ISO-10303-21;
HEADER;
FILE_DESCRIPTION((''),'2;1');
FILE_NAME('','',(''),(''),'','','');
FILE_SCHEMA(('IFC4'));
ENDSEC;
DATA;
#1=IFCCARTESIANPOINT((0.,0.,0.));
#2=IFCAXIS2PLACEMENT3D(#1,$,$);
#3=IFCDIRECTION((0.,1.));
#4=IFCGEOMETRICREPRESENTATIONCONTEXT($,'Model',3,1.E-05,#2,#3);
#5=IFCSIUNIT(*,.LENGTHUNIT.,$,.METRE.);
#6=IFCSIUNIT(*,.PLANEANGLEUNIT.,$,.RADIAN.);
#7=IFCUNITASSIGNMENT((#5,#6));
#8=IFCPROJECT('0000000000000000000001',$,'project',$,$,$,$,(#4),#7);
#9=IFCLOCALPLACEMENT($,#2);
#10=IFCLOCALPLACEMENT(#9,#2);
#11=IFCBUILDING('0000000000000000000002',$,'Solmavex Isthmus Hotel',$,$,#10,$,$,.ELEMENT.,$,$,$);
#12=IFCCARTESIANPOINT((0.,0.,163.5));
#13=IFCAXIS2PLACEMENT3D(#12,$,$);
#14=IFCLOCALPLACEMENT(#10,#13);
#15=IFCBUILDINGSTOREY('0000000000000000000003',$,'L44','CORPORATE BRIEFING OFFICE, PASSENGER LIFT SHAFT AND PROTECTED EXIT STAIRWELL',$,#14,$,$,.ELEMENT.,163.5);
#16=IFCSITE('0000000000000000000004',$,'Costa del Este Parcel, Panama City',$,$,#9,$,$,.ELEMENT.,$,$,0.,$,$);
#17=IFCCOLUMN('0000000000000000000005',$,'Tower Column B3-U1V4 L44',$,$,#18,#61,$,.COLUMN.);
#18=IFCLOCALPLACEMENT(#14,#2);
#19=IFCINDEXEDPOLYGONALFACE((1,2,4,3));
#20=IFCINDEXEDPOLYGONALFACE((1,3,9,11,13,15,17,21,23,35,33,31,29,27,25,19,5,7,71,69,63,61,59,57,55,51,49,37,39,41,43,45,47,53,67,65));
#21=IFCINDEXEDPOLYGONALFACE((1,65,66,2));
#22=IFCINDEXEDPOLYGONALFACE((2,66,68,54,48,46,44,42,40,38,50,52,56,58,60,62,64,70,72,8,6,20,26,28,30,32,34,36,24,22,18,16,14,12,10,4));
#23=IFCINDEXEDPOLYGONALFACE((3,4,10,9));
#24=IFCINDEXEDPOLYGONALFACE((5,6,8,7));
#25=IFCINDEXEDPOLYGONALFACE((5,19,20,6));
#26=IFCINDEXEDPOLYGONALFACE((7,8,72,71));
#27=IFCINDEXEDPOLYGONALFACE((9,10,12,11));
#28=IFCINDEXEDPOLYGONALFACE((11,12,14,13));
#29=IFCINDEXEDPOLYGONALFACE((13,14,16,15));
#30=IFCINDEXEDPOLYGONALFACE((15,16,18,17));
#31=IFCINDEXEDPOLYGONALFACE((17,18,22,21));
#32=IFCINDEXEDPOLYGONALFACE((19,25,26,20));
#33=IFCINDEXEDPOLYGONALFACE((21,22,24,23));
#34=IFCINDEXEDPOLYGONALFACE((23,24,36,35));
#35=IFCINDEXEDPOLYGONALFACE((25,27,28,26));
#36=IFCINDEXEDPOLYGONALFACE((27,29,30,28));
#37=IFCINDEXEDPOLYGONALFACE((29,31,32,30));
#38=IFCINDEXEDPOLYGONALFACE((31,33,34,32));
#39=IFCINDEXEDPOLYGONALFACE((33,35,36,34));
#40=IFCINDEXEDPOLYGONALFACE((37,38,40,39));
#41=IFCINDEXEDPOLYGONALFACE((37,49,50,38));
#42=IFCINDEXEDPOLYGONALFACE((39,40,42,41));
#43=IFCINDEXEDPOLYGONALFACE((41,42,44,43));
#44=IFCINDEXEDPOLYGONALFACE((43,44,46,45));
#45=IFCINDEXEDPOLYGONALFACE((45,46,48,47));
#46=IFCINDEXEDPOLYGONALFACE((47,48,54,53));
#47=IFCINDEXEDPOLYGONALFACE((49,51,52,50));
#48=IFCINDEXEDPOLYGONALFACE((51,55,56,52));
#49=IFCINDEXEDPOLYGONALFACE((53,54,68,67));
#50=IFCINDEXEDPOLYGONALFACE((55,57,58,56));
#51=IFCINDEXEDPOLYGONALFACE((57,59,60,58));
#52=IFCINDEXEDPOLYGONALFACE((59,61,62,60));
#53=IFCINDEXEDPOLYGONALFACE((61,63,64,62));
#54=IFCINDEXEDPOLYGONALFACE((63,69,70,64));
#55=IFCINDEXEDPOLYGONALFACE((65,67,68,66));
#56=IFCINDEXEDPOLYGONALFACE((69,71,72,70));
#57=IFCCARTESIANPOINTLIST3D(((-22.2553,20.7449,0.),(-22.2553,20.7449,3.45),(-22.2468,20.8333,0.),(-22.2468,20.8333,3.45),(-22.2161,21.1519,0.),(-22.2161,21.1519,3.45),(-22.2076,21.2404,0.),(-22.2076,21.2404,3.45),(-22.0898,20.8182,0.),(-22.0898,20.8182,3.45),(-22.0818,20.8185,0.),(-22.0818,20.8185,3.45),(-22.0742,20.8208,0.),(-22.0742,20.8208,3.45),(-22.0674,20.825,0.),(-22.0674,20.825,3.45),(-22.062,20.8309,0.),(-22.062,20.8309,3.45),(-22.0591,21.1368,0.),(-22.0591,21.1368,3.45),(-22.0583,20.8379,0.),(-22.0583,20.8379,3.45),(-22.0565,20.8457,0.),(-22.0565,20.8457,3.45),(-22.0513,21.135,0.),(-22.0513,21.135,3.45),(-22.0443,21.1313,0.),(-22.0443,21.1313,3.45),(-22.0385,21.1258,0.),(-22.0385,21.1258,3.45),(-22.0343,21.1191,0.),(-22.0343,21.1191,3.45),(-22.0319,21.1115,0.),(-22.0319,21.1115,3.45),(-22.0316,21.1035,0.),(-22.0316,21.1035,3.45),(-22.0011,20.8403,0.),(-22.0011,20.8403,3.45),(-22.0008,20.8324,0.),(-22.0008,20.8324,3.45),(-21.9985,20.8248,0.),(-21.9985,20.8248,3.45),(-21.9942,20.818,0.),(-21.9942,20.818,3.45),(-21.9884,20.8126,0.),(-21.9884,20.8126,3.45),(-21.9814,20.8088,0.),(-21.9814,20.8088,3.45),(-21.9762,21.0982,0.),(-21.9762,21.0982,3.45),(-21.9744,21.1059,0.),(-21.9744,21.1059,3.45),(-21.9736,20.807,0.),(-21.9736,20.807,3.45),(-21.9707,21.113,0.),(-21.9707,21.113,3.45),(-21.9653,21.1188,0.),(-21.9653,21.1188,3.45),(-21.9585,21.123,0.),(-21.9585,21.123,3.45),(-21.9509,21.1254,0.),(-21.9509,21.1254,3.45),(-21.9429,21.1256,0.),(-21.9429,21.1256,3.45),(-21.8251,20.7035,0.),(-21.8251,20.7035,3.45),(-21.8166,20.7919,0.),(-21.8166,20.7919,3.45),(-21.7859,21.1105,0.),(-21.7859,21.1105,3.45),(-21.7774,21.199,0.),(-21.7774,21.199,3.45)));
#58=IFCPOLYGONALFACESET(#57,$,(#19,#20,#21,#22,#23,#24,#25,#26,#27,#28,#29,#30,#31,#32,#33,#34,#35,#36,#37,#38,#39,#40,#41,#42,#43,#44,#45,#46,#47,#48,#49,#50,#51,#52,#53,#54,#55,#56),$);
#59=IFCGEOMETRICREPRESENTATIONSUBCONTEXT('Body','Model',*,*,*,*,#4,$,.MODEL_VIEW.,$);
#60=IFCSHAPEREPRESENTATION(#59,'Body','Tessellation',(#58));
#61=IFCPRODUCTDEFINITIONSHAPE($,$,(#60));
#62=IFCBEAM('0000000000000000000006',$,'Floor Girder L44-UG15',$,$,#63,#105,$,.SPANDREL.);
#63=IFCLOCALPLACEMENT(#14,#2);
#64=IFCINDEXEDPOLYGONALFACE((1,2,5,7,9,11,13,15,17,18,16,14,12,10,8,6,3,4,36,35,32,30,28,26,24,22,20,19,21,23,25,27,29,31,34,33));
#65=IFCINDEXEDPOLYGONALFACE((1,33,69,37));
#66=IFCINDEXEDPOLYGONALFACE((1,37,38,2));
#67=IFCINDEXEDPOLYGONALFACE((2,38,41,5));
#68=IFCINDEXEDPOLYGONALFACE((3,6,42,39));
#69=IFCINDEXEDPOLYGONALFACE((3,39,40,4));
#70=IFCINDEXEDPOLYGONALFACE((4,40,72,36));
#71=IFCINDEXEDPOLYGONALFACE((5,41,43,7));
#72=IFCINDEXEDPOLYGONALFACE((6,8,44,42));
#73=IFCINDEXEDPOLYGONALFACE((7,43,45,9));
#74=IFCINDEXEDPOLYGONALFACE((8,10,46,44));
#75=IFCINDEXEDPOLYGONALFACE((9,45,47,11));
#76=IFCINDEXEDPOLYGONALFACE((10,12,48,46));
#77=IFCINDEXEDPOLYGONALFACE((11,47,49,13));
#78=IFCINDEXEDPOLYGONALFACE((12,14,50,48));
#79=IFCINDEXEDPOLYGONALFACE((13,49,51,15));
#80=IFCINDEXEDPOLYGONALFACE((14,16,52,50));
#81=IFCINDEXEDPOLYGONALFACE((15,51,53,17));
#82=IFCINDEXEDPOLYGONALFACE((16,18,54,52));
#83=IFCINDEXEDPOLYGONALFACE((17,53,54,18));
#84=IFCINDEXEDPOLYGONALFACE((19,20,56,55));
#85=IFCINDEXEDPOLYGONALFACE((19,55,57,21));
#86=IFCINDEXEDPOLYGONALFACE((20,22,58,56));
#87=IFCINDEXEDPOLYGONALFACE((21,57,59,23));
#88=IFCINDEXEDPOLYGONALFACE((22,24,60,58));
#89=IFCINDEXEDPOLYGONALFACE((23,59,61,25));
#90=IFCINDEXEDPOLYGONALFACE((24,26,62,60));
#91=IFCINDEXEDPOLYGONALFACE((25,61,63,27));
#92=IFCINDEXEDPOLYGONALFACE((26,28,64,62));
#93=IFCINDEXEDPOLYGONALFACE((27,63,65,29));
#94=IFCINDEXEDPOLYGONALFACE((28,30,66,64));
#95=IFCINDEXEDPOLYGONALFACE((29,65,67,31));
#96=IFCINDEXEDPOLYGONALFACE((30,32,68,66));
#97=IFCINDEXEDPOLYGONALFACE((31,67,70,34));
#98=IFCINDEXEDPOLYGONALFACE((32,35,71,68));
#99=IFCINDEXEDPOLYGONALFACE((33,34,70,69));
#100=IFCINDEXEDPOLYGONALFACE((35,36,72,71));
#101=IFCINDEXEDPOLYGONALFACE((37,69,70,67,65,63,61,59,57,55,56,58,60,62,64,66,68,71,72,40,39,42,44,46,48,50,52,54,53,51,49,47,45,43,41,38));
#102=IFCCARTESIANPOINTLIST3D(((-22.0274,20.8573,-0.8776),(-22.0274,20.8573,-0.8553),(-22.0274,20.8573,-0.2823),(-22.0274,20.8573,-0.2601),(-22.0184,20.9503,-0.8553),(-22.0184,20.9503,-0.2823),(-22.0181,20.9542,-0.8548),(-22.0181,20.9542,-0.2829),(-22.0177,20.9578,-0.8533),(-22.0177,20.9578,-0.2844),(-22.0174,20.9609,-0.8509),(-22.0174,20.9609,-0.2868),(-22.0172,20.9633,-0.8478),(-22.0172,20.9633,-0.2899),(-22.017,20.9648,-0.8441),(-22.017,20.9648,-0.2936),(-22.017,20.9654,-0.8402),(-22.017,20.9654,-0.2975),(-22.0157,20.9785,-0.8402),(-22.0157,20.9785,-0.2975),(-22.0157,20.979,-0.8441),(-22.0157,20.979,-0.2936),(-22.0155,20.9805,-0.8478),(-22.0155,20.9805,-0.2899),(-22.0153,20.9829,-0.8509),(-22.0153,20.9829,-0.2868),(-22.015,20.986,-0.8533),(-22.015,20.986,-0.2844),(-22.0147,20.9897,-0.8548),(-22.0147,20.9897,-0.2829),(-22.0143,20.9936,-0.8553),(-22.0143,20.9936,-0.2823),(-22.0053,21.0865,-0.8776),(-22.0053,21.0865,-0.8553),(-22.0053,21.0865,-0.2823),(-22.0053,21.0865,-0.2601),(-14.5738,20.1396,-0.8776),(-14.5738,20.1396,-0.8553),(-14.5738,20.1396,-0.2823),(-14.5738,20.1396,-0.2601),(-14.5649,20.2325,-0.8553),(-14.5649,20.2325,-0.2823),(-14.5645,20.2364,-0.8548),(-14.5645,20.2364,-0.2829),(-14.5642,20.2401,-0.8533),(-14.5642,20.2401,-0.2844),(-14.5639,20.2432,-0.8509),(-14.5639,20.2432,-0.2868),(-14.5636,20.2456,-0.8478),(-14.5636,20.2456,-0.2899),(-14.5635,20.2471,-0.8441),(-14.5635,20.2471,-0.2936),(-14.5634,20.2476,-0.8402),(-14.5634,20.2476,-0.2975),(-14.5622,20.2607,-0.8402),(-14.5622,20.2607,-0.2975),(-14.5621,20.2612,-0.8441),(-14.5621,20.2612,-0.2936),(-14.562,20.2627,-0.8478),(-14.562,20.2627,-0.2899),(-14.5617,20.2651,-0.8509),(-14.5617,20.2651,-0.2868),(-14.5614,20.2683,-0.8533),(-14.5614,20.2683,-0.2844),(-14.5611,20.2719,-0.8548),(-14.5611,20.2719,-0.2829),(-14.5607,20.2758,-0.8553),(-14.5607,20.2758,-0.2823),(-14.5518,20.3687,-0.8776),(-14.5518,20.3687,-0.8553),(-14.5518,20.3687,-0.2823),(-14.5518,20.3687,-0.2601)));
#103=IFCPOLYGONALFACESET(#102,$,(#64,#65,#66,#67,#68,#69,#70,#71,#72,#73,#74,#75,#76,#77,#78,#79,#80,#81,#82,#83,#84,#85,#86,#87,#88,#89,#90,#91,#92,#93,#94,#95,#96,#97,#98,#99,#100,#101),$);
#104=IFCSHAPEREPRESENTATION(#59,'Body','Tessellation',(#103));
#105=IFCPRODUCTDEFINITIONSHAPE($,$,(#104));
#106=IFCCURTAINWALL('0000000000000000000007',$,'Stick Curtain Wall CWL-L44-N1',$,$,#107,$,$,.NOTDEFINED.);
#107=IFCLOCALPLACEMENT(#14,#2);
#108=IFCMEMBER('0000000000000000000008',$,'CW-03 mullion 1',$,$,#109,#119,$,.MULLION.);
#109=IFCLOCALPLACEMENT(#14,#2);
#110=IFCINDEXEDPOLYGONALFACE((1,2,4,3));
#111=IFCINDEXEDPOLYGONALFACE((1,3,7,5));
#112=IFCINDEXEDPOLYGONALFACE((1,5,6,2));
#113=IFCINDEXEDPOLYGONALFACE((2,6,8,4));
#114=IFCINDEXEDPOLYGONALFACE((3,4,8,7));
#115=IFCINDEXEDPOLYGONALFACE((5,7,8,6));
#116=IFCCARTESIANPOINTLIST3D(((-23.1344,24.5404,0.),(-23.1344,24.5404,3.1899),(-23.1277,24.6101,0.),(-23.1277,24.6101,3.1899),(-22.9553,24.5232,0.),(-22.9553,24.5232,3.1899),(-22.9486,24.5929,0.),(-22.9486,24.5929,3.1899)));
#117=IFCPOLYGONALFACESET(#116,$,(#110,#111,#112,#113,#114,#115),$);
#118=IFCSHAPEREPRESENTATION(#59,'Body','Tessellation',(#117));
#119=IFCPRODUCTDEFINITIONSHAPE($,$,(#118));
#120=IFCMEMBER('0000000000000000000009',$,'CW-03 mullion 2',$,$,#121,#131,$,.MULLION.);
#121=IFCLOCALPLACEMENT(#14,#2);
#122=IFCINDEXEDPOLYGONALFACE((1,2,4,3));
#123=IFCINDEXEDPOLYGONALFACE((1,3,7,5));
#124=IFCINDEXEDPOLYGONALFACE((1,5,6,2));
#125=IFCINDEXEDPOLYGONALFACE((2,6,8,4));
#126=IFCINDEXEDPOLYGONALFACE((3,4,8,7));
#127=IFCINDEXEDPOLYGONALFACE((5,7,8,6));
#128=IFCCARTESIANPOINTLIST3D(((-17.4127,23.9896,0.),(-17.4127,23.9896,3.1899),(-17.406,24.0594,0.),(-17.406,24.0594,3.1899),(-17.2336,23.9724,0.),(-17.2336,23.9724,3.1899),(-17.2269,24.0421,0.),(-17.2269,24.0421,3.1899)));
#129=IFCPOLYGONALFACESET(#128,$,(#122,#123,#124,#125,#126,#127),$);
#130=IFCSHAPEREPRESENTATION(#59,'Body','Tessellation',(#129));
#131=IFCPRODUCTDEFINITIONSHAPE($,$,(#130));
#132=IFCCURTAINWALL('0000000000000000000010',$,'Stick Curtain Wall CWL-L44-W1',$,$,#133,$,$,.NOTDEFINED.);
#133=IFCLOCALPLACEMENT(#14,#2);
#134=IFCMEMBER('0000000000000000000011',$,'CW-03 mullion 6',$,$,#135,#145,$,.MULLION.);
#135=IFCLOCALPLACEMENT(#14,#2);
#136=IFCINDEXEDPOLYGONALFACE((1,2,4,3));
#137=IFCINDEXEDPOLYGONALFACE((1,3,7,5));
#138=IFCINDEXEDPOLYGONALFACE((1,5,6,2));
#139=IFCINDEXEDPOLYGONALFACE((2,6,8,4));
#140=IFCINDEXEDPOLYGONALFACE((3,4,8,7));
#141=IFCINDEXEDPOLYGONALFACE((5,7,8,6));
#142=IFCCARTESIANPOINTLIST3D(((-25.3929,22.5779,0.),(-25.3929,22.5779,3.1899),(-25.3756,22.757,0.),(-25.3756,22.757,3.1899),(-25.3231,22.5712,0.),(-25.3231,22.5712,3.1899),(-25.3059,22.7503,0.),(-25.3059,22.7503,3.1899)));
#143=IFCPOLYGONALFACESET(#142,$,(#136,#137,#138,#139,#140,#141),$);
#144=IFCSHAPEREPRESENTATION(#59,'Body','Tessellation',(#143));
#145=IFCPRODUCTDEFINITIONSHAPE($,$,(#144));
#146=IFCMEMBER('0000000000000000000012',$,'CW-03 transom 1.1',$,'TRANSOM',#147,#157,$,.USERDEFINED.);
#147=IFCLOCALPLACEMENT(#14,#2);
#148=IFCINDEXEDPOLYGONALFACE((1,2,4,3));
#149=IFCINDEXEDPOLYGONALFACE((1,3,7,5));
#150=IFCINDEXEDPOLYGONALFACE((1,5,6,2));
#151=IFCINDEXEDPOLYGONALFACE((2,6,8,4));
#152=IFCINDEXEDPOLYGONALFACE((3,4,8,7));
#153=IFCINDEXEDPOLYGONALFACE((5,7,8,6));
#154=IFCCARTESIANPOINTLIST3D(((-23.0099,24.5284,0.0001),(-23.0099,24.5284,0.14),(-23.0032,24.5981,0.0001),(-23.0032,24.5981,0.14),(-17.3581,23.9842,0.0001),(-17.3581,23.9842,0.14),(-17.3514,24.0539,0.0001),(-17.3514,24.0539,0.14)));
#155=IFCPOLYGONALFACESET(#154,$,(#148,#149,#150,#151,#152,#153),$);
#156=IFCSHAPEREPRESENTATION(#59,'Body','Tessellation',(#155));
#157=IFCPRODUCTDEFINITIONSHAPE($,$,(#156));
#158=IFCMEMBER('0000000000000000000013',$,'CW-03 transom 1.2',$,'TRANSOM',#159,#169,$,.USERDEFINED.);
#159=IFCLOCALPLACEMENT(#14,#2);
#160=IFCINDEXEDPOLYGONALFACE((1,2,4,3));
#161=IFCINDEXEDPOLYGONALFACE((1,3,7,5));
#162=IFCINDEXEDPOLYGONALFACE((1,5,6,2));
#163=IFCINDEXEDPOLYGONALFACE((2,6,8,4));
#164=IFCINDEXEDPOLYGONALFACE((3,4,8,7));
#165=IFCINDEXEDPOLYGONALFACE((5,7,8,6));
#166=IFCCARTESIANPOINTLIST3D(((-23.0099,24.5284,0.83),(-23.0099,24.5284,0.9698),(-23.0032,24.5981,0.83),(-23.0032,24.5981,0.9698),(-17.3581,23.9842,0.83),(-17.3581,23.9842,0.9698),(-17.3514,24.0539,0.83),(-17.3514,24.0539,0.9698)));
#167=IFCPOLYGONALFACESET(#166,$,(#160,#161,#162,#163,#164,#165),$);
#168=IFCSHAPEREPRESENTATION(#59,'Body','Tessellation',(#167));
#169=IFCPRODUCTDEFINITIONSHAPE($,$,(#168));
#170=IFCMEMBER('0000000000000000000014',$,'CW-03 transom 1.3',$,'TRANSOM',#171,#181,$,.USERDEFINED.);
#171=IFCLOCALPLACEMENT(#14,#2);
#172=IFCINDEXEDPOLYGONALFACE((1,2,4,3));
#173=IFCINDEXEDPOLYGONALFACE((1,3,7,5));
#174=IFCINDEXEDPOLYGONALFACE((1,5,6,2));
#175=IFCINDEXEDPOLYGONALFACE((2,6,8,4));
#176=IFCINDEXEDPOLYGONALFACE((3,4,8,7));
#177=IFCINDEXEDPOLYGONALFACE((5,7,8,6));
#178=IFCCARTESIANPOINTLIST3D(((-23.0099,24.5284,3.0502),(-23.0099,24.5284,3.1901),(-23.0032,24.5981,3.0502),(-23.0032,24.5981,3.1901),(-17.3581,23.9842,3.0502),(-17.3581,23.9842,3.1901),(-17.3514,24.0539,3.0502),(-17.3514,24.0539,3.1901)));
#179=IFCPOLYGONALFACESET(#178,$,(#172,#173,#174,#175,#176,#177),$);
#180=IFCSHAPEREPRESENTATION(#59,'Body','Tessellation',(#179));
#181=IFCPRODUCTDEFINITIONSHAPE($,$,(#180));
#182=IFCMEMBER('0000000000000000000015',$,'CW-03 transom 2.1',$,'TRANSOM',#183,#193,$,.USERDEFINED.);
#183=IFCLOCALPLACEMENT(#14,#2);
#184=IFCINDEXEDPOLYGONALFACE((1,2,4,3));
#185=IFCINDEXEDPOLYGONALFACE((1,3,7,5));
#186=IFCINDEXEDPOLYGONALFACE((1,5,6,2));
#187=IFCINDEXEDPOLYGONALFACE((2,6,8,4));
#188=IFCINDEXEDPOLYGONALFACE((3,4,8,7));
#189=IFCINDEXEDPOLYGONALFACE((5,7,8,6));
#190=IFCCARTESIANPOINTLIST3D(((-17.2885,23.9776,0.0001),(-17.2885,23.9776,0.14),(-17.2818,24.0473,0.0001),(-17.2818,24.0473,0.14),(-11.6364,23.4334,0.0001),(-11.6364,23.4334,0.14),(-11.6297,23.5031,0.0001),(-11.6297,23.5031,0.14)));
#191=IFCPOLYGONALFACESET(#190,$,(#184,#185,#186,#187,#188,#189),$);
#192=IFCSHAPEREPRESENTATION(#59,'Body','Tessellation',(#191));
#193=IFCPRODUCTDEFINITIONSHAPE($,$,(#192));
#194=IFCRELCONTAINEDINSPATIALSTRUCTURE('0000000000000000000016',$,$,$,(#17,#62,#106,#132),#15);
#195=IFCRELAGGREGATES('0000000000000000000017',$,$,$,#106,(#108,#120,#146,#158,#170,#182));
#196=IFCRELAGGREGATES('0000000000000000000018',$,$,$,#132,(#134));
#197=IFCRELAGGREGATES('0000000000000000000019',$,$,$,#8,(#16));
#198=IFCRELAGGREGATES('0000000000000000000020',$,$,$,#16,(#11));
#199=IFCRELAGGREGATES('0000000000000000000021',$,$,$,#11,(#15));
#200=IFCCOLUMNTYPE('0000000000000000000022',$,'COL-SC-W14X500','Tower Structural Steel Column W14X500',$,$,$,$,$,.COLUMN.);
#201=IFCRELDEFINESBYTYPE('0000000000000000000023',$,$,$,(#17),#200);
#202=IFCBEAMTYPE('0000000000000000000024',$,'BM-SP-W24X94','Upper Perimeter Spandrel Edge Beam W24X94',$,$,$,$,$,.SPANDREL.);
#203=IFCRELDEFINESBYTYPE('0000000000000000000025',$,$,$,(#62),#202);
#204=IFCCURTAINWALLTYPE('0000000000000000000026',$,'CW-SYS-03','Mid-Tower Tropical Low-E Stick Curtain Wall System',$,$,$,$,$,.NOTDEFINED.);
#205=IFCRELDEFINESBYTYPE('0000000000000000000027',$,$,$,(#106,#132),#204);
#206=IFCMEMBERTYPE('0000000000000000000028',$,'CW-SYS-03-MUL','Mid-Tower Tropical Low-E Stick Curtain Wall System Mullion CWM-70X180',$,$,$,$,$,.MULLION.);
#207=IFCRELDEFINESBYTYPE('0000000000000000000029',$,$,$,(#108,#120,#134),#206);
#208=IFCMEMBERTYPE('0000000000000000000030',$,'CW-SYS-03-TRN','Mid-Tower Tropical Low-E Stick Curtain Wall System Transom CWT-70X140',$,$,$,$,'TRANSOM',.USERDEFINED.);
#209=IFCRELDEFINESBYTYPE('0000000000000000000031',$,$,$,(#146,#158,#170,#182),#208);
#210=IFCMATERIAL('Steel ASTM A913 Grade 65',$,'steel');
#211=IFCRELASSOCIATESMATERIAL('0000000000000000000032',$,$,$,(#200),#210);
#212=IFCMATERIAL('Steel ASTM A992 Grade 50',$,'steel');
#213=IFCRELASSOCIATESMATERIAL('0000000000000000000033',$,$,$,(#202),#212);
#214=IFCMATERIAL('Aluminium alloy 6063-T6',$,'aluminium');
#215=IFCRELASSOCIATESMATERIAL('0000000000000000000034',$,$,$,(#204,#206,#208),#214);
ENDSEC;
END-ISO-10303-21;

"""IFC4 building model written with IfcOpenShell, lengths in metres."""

from ifc_helpers import new_model, si_unit, direction, frame, origin, origin_2d, place, context, subcontext, project, spatial, rectangle, i_section, extrude, material, material_profile, profile_set, type_object, element, aggregate, save


model = new_model("IFC4")

# Units and contexts
model_context = context("Model", 3, precision=1e-05, world=origin(), true_north=direction((0.0, 1.0)))
body_context = subcontext(model_context, "Body", "Model", "MODEL_VIEW")
ifc_project = project(units=[si_unit("LENGTHUNIT", "METRE"), si_unit("PLANEANGLEUNIT", "RADIAN")], contexts=[model_context])

# Site, building, storey
site_placement = place(None, origin())
site = spatial("IfcSite", under=ifc_project, at=site_placement, Name="Costa del Este Parcel, Panama City", CompositionType="ELEMENT", RefElevation=0.0)
building_placement = place(site_placement, origin())
building = spatial("IfcBuilding", under=site, at=building_placement, Name="Solmavex Isthmus Hotel", CompositionType="ELEMENT")
storey_placement = place(building_placement, frame((0.0, 0.0, 163.5)))
storey = spatial("IfcBuildingStorey", under=building, at=storey_placement, Name="L44", Description="CORPORATE BRIEFING OFFICE, PASSENGER LIFT SHAFT AND PROTECTED EXIT STAIRWELL", CompositionType="ELEMENT", Elevation=163.5)

# Column
ifc_material_1 = material(Name="Steel ASTM A913 Grade 65", Category="steel")
ifc_material_profile_1 = material_profile(ifc_material_1, i_section(OverallWidth=0.4321, OverallDepth=0.4978, WebThickness=0.0557, FlangeThickness=0.0889, FilletRadius=0.0305, at=origin_2d()), Name="W14X500")
ifc_profile_set_1 = profile_set([ifc_material_profile_1], Name="Steel ASTM A913 Grade 65")
column_type = type_object("IfcColumnType", Name="COL-SC-W14X500", Description="Tower Structural Steel Column W14X500", PredefinedType="COLUMN", material=ifc_profile_set_1)
column_placement = place(storey_placement, frame((-22.0164, 20.9719, 0.0), z_axis=(0.0, 0.0, 1.0), x_axis=(0.995396, -0.095846, 0.0)))
element("IfcColumn", 1, at=column_placement, inside=storey, type_object=column_type, Name="Tower Column B3-U1V4 L44", PredefinedType="COLUMN", context=body_context, shape_type="SweptSolid", body=[
    extrude(i_section(OverallWidth=0.4321, OverallDepth=0.4978, WebThickness=0.0557, FlangeThickness=0.0889, FilletRadius=0.0305, at=origin_2d()), origin(), (0.0, 0.0, 1.0), 3.45),
])

# Beam
ifc_material_2 = material(Name="Steel ASTM A992 Grade 50", Category="steel")
ifc_material_profile_2 = material_profile(ifc_material_2, i_section(OverallWidth=0.2302, OverallDepth=0.6174, WebThickness=0.0132, FlangeThickness=0.0222, FilletRadius=0.0151, at=origin_2d()), Name="W24X94")
ifc_profile_set_2 = profile_set([ifc_material_profile_2], Name="Steel ASTM A992 Grade 50")
beam_type = type_object("IfcBeamType", Name="BM-SP-W24X94", Description="Upper Perimeter Spandrel Edge Beam W24X94", PredefinedType="SPANDREL", material=ifc_profile_set_2)
beam_placement = place(storey_placement, frame((-22.0164, 20.9719, -0.5688), z_axis=(0.995395, -0.095855, 0.0), x_axis=(0.095855, 0.995395, 0.0)))
element("IfcBeam", 2, at=beam_placement, inside=storey, type_object=beam_type, Name="Floor Girder L44-UG15", PredefinedType="SPANDREL", context=body_context, shape_type="SweptSolid", body=[
    extrude(i_section(OverallWidth=0.2302, OverallDepth=0.6174, WebThickness=0.0132, FlangeThickness=0.0222, FilletRadius=0.0151, at=origin_2d()), origin(), (0.0, 0.0, 1.0), 7.488),
])

# Curtain wall, members
ifc_material_3 = material(Name="Aluminium alloy 6063-T6", Category="aluminium")
curtain_wall_type = type_object("IfcCurtainWallType", Name="CW-SYS-03", Description="Mid-Tower Tropical Low-E Stick Curtain Wall System", PredefinedType="NOTDEFINED", material=ifc_material_3)
curtain_wall_1_placement = place(storey_placement, origin())
curtain_wall_1 = element("IfcCurtainWall", 3, at=curtain_wall_1_placement, inside=storey, type_object=curtain_wall_type, Name="Stick Curtain Wall CWL-L44-N1", PredefinedType="NOTDEFINED")
ifc_material_profile_3 = material_profile(ifc_material_3, rectangle(XDim=0.0701, YDim=0.1799, at=origin_2d()), Name="CWM-70X180")
ifc_profile_set_3 = profile_set([ifc_material_profile_3], Name="Aluminium alloy 6063-T6")
member_type_1 = type_object("IfcMemberType", Name="CW-SYS-03-MUL", Description="Mid-Tower Tropical Low-E Stick Curtain Wall System Mullion CWM-70X180", PredefinedType="MULLION", material=ifc_profile_set_3)
member_1_placement = place(storey_placement, frame((-23.0415, 24.5667, 0.0), z_axis=(0.0, 0.0, 1.0), x_axis=(0.095846, 0.995396, 0.0)))
member_1 = element("IfcMember", 4, at=member_1_placement, type_object=member_type_1, Name="CW-03 mullion 1", PredefinedType="MULLION", context=body_context, shape_type="SweptSolid", body=[
    extrude(rectangle(XDim=0.0701, YDim=0.1799, at=origin_2d()), origin(), (0.0, 0.0, 1.0), 3.1899),
])
member_2_placement = place(storey_placement, frame((-17.3198, 24.0159, 0.0), z_axis=(0.0, 0.0, 1.0), x_axis=(0.095846, 0.995396, 0.0)))
member_2 = element("IfcMember", 5, at=member_2_placement, type_object=member_type_1, Name="CW-03 mullion 2", PredefinedType="MULLION", context=body_context, shape_type="SweptSolid", body=[
    extrude(rectangle(XDim=0.0701, YDim=0.1799, at=origin_2d()), origin(), (0.0, 0.0, 1.0), 3.1899),
])

# Curtain wall, member
curtain_wall_2_placement = place(storey_placement, origin())
curtain_wall_2 = element("IfcCurtainWall", 6, at=curtain_wall_2_placement, inside=storey, type_object=curtain_wall_type, Name="Stick Curtain Wall CWL-L44-W1", PredefinedType="NOTDEFINED")
member_3_placement = place(storey_placement, frame((-25.3494, 22.6641, 0.0), z_axis=(0.0, 0.0, 1.0), x_axis=(-0.995396, 0.095846, 0.0)))
member_3 = element("IfcMember", 7, at=member_3_placement, type_object=member_type_1, Name="CW-03 mullion 6", PredefinedType="MULLION", context=body_context, shape_type="SweptSolid", body=[
    extrude(rectangle(XDim=0.0701, YDim=0.1799, at=origin_2d()), origin(), (0.0, 0.0, 1.0), 3.1899),
])

# Members
ifc_material_profile_4 = material_profile(ifc_material_3, rectangle(XDim=0.0701, YDim=0.1399, at=origin_2d()), Name="CWT-70X140")
ifc_profile_set_4 = profile_set([ifc_material_profile_4], Name="Aluminium alloy 6063-T6")
member_type_2 = type_object("IfcMemberType", Name="CW-SYS-03-TRN", Description="Mid-Tower Tropical Low-E Stick Curtain Wall System Transom CWT-70X140", ElementType="TRANSOM", PredefinedType="USERDEFINED", material=ifc_profile_set_4)
member_4_placement = place(storey_placement, frame((-23.0066, 24.5632, 0.0701), z_axis=(0.995397, -0.095842, 0.0), x_axis=(0.095842, 0.995397, 0.0)))
member_4 = element("IfcMember", 8, at=member_4_placement, type_object=member_type_2, Name="CW-03 transom 1.1", ObjectType="TRANSOM", PredefinedType="USERDEFINED", context=body_context, shape_type="SweptSolid", body=[
    extrude(rectangle(XDim=0.0701, YDim=0.1399, at=origin_2d()), origin(), (0.0, 0.0, 1.0), 5.678),
])
member_5_placement = place(storey_placement, frame((-23.0066, 24.5632, 0.8999), z_axis=(0.995397, -0.095842, 0.0), x_axis=(0.095842, 0.995397, 0.0)))
member_5 = element("IfcMember", 9, at=member_5_placement, type_object=member_type_2, Name="CW-03 transom 1.2", ObjectType="TRANSOM", PredefinedType="USERDEFINED", context=body_context, shape_type="SweptSolid", body=[
    extrude(rectangle(XDim=0.0701, YDim=0.1399, at=origin_2d()), origin(), (0.0, 0.0, 1.0), 5.678),
])
member_6_placement = place(storey_placement, frame((-23.0066, 24.5632, 3.1201), z_axis=(0.995397, -0.095842, 0.0), x_axis=(0.095842, 0.995397, 0.0)))
member_6 = element("IfcMember", 10, at=member_6_placement, type_object=member_type_2, Name="CW-03 transom 1.3", ObjectType="TRANSOM", PredefinedType="USERDEFINED", context=body_context, shape_type="SweptSolid", body=[
    extrude(rectangle(XDim=0.0701, YDim=0.1399, at=origin_2d()), origin(), (0.0, 0.0, 1.0), 5.678),
])
member_7_placement = place(storey_placement, frame((-17.2852, 24.0125, 0.0701), z_axis=(0.995397, -0.095838, 0.0), x_axis=(0.095838, 0.995397, 0.0)))
member_7 = element("IfcMember", 11, at=member_7_placement, type_object=member_type_2, Name="CW-03 transom 2.1", ObjectType="TRANSOM", PredefinedType="USERDEFINED", context=body_context, shape_type="SweptSolid", body=[
    extrude(rectangle(XDim=0.0701, YDim=0.1399, at=origin_2d()), origin(), (0.0, 0.0, 1.0), 5.6782),
])

aggregate(curtain_wall_1, [member_1, member_2, member_4, member_5, member_6, member_7])
aggregate(curtain_wall_2, [member_3])

save(model, "model.ifc")
